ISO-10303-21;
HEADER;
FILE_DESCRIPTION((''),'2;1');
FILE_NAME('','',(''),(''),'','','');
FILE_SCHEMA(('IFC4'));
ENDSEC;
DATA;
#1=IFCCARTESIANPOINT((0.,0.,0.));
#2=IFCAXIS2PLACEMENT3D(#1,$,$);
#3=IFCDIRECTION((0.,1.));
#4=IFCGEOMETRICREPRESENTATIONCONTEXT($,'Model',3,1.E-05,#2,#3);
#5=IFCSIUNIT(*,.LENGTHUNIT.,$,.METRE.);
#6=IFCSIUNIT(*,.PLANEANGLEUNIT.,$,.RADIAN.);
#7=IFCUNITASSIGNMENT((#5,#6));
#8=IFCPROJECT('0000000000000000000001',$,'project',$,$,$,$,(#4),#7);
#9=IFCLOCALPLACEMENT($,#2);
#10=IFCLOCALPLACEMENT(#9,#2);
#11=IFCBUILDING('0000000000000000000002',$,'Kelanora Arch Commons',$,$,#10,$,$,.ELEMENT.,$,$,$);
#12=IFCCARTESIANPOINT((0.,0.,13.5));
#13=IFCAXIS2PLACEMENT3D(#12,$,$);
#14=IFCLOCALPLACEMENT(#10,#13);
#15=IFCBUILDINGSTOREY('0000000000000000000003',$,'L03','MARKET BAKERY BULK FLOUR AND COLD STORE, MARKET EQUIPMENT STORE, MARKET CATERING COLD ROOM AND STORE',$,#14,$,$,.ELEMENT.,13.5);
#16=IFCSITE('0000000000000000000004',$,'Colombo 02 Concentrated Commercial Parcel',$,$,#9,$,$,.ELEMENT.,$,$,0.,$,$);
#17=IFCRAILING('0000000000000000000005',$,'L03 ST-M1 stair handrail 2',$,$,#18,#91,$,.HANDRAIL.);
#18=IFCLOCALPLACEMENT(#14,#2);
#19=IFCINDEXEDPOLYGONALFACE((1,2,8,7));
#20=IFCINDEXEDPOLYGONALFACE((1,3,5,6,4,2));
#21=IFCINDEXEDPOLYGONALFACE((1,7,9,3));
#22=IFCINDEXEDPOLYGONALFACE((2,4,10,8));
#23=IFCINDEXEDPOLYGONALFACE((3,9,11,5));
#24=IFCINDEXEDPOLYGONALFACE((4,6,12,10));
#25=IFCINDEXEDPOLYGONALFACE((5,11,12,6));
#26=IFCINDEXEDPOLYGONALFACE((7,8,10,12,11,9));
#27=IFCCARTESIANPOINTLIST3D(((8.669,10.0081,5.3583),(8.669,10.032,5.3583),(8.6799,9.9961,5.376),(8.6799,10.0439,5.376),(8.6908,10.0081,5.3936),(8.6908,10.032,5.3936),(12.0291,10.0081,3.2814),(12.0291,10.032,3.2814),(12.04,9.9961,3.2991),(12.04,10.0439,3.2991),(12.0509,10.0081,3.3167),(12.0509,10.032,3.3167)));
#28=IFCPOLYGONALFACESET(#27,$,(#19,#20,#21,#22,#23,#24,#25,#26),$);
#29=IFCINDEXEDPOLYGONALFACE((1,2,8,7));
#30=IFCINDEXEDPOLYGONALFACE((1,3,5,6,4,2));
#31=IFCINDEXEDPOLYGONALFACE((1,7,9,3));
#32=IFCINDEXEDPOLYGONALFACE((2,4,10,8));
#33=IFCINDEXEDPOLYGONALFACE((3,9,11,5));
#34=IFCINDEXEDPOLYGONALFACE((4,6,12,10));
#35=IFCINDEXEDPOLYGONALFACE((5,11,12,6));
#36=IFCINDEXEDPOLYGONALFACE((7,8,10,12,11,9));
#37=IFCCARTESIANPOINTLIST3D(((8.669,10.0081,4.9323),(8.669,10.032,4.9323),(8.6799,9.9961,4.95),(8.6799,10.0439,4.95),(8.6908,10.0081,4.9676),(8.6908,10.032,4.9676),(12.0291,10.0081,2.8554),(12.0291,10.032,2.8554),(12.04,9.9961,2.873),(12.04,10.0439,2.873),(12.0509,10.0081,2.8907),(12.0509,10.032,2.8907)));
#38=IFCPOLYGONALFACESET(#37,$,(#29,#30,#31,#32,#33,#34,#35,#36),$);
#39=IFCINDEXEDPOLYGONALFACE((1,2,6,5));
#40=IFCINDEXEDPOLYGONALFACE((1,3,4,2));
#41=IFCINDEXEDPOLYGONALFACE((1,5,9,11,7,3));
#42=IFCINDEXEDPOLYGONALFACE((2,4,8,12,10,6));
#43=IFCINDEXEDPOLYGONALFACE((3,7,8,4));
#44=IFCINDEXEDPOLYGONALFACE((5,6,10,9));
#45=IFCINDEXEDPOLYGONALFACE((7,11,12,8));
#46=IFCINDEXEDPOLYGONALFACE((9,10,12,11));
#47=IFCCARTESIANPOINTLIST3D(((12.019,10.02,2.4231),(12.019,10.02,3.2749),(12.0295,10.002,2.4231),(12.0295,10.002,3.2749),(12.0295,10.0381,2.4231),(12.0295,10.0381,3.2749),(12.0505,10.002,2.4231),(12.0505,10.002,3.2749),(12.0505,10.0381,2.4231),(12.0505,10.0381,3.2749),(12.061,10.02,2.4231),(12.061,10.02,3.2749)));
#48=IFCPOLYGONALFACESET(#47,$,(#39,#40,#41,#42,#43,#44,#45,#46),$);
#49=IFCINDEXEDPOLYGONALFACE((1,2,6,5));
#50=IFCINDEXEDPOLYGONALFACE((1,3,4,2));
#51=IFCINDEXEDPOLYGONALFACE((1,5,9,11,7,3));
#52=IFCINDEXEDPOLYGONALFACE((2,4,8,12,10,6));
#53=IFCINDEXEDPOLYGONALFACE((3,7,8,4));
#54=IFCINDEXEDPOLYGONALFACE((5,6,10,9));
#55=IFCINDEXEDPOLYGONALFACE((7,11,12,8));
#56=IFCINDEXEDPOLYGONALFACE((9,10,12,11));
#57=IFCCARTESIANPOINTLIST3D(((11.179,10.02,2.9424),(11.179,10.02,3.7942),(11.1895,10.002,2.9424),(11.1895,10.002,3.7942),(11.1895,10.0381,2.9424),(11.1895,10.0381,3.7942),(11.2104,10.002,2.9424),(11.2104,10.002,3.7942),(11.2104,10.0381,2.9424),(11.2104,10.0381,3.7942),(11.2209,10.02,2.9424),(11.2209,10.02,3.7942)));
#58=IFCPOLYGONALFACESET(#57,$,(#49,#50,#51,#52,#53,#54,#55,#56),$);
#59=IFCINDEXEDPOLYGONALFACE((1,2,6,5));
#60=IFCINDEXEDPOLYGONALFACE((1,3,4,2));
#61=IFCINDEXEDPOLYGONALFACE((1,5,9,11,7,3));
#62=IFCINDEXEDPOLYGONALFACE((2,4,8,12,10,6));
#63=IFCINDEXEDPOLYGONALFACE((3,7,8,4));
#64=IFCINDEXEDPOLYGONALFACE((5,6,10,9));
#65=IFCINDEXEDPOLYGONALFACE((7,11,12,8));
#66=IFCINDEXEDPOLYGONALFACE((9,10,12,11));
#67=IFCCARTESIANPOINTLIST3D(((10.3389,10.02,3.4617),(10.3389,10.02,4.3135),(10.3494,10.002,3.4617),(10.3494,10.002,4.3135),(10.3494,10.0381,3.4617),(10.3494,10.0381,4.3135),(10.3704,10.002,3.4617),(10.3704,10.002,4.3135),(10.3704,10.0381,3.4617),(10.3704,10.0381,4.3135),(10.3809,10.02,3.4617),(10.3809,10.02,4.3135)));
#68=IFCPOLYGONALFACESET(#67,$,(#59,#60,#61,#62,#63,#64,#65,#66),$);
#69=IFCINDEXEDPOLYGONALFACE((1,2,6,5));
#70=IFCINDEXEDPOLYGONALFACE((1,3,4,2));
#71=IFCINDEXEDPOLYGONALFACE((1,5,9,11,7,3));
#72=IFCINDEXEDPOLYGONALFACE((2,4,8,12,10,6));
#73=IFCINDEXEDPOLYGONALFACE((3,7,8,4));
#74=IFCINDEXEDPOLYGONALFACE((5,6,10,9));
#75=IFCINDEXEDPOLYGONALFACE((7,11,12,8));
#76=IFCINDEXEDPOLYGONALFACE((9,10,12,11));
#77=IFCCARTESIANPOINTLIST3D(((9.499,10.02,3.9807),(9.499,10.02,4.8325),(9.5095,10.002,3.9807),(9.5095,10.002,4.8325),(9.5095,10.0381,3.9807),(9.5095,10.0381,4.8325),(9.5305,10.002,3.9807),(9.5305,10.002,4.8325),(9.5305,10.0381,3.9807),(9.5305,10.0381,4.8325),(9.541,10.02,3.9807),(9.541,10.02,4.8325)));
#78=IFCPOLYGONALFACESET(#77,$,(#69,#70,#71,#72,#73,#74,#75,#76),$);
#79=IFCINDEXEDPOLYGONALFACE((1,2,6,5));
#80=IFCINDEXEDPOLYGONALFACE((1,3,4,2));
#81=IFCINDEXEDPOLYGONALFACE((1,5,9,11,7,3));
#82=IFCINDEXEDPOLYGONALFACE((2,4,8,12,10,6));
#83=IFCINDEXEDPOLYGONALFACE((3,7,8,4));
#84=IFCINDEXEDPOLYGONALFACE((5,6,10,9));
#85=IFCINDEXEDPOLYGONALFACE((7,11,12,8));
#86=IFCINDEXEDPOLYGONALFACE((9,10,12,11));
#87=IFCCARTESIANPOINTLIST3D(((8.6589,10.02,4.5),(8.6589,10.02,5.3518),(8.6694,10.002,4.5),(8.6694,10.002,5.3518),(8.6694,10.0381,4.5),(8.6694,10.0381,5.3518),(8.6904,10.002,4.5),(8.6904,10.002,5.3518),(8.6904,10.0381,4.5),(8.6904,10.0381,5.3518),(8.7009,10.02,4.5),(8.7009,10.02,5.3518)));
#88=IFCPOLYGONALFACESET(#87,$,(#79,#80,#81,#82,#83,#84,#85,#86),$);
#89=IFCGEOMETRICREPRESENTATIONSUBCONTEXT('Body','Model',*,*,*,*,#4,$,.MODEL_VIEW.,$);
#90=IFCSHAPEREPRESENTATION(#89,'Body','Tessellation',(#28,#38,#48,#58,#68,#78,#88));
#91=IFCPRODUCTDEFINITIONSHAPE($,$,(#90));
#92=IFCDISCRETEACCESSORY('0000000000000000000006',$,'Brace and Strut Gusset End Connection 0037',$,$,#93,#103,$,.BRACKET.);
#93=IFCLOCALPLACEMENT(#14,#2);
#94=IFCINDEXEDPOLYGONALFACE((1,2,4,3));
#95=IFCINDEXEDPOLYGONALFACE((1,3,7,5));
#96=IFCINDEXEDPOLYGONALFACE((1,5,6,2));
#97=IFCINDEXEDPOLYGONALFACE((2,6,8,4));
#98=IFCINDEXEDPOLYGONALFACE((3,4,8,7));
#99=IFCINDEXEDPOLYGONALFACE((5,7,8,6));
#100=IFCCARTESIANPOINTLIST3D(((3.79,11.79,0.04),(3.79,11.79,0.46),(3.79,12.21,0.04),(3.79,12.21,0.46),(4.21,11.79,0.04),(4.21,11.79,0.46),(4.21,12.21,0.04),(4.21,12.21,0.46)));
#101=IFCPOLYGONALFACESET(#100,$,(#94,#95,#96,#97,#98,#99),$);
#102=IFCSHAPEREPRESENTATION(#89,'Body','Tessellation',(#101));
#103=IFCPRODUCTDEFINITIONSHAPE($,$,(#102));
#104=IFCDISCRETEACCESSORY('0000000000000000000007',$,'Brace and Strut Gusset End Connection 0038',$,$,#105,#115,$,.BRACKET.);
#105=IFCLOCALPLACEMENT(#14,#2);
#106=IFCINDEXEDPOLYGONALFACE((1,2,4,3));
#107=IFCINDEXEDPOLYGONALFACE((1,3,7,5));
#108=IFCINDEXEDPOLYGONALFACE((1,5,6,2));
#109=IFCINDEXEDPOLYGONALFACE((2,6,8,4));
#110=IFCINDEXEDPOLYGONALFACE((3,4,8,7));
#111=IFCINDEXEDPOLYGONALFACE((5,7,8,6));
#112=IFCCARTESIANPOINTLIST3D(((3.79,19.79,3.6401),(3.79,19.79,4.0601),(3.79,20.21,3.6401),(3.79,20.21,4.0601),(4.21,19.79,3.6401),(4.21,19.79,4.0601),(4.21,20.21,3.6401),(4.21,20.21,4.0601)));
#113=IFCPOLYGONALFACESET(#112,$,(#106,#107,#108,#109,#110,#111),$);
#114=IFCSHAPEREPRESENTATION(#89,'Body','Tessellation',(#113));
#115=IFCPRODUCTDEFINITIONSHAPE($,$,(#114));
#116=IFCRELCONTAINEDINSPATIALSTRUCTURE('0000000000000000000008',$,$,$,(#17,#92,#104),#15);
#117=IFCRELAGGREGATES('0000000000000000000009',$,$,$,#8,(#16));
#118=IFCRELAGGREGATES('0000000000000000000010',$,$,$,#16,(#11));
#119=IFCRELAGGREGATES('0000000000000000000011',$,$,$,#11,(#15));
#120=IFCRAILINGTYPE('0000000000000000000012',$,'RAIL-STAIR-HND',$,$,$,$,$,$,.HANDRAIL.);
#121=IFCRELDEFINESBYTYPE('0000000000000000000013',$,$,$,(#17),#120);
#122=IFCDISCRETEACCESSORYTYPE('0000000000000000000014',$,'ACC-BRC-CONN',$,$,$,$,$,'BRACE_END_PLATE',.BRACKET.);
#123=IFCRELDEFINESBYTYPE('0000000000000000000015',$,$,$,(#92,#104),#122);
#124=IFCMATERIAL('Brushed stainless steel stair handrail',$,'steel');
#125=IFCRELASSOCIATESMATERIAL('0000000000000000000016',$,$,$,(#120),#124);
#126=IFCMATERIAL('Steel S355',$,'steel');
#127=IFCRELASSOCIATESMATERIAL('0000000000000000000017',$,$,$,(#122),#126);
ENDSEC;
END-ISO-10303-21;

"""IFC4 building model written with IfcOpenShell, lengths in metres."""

from ifc_helpers import new_model, si_unit, direction, frame, origin, origin_2d, place, context, subcontext, project, spatial, polyline, rectangle, outline, extrude, source, transform, mapped, material, type_object, element, save


model = new_model("IFC4")

# Units and contexts
model_context = context("Model", 3, precision=1e-05, world=origin(), true_north=direction((0.0, 1.0)))
body_context = subcontext(model_context, "Body", "Model", "MODEL_VIEW")
ifc_project = project(units=[si_unit("LENGTHUNIT", "METRE"), si_unit("PLANEANGLEUNIT", "RADIAN")], contexts=[model_context])

# Site, building, storey
site_placement = place(None, origin())
site = spatial("IfcSite", under=ifc_project, at=site_placement, Name="Colombo 02 Concentrated Commercial Parcel", CompositionType="ELEMENT", RefElevation=0.0)
building_placement = place(site_placement, origin())
building = spatial("IfcBuilding", under=site, at=building_placement, Name="Kelanora Arch Commons", CompositionType="ELEMENT")
storey_placement = place(building_placement, frame((0.0, 0.0, 13.5)))
storey = spatial("IfcBuildingStorey", under=building, at=storey_placement, Name="L03", Description="MARKET BAKERY BULK FLOUR AND COLD STORE, MARKET EQUIPMENT STORE, MARKET CATERING COLD ROOM AND STORE", CompositionType="ELEMENT", Elevation=13.5)

# Shared definitions
ifc_material_1 = material(Name="Steel S355", Category="steel")

# Railing
ifc_material_2 = material(Name="Brushed stainless steel stair handrail", Category="steel")
railing_type = type_object("IfcRailingType", Name="RAIL-STAIR-HND", PredefinedType="HANDRAIL", material=ifc_material_2)
railing_placement = place(storey_placement, frame((12.04, 10.02, 2.4231)))
element("IfcRailing", 1, at=railing_placement, inside=storey, type_object=railing_type, Name="L03 ST-M1 stair handrail 2", PredefinedType="HANDRAIL", context=body_context, shape_type="SweptSolid", body=[
    extrude(outline(polyline([(0.0239, 0.0), (0.012, 0.0208), (-0.012, 0.0208), (-0.0239, 0.0), (-0.012, -0.0208), (0.012, -0.0208), (0.0239, 0.0)])), frame((0.0, 0.0, 0.876), z_axis=(-0.850623, 0.0, 0.525776), x_axis=(0.0, -1.0, 0.0)), (0.0, 0.0, 1.0), 3.9502),
    extrude(outline(polyline([(0.0239, 0.0), (0.012, 0.0208), (-0.012, 0.0208), (-0.0239, 0.0), (-0.012, -0.0208), (0.012, -0.0208), (0.0239, 0.0)])), frame((0.0, 0.0, 0.45), z_axis=(-0.850623, 0.0, 0.525776), x_axis=(0.0, -1.0, 0.0)), (0.0, 0.0, 1.0), 3.9502),
    extrude(outline(polyline([(0.021, 0.0), (0.0105, 0.0181), (-0.0105, 0.0181), (-0.021, 0.0), (-0.0105, -0.0181), (0.0105, -0.0181), (0.021, 0.0)])), origin(), (0.0, 0.0, 1.0), 0.8518),
    extrude(outline(polyline([(0.021, 0.0), (0.0105, 0.0181), (-0.0105, 0.0181), (-0.021, 0.0), (-0.0105, -0.0181), (0.0105, -0.0181), (0.021, 0.0)])), frame((-0.8401, 0.0, 0.5193)), (0.0, 0.0, 1.0), 0.8518),
    extrude(outline(polyline([(0.021, 0.0), (0.0105, 0.0181), (-0.0105, 0.0181), (-0.021, 0.0), (-0.0105, -0.0181), (0.0105, -0.0181), (0.021, 0.0)])), frame((-1.6802, 0.0, 1.0386)), (0.0, 0.0, 1.0), 0.8518),
    extrude(outline(polyline([(0.021, 0.0), (0.0105, 0.0181), (-0.0105, 0.0181), (-0.021, 0.0), (-0.0105, -0.0181), (0.0105, -0.0181), (0.021, 0.0)])), frame((-2.52, 0.0, 1.5576)), (0.0, 0.0, 1.0), 0.8518),
    extrude(outline(polyline([(0.021, 0.0), (0.0105, 0.0181), (-0.0105, 0.0181), (-0.021, 0.0), (-0.0105, -0.0181), (0.0105, -0.0181), (0.021, 0.0)])), frame((-3.3601, 0.0, 2.0769)), (0.0, 0.0, 1.0), 0.8518),
])

# Discrete accessories
discrete_accessory_type = type_object("IfcDiscreteAccessoryType", Name="ACC-BRC-CONN", ElementType="BRACE_END_PLATE", PredefinedType="BRACKET", material=ifc_material_1)
shared_shape = source(origin(), body_context, "Body", "SweptSolid", [
    extrude(rectangle(XDim=0.4199, YDim=0.4199, at=origin_2d()), origin(), (0.0, 0.0, 1.0), 0.4199),
])
for number, where, z_axis, x_axis, name in (
    (2, (4.0, 12.0, 0.04), (0.0, 0.0, 1.0), (0.0, 1.0, 0.0), "Brace and Strut Gusset End Connection 0037"),
    (3, (4.0, 20.0, 3.6401), (0.0, 0.0, 1.0), (0.0, 1.0, 0.0), "Brace and Strut Gusset End Connection 0038"),
):
    element("IfcDiscreteAccessory", number, at=place(storey_placement, frame(where, z_axis=z_axis, x_axis=x_axis)), inside=storey, type_object=discrete_accessory_type, Name=name, PredefinedType="BRACKET", context=body_context, shape_type="MappedRepresentation", body=[
        mapped(shared_shape, transform((0.0, 0.0, 0.0), scale=1.0)),
    ])

save(model, "model.ifc")
